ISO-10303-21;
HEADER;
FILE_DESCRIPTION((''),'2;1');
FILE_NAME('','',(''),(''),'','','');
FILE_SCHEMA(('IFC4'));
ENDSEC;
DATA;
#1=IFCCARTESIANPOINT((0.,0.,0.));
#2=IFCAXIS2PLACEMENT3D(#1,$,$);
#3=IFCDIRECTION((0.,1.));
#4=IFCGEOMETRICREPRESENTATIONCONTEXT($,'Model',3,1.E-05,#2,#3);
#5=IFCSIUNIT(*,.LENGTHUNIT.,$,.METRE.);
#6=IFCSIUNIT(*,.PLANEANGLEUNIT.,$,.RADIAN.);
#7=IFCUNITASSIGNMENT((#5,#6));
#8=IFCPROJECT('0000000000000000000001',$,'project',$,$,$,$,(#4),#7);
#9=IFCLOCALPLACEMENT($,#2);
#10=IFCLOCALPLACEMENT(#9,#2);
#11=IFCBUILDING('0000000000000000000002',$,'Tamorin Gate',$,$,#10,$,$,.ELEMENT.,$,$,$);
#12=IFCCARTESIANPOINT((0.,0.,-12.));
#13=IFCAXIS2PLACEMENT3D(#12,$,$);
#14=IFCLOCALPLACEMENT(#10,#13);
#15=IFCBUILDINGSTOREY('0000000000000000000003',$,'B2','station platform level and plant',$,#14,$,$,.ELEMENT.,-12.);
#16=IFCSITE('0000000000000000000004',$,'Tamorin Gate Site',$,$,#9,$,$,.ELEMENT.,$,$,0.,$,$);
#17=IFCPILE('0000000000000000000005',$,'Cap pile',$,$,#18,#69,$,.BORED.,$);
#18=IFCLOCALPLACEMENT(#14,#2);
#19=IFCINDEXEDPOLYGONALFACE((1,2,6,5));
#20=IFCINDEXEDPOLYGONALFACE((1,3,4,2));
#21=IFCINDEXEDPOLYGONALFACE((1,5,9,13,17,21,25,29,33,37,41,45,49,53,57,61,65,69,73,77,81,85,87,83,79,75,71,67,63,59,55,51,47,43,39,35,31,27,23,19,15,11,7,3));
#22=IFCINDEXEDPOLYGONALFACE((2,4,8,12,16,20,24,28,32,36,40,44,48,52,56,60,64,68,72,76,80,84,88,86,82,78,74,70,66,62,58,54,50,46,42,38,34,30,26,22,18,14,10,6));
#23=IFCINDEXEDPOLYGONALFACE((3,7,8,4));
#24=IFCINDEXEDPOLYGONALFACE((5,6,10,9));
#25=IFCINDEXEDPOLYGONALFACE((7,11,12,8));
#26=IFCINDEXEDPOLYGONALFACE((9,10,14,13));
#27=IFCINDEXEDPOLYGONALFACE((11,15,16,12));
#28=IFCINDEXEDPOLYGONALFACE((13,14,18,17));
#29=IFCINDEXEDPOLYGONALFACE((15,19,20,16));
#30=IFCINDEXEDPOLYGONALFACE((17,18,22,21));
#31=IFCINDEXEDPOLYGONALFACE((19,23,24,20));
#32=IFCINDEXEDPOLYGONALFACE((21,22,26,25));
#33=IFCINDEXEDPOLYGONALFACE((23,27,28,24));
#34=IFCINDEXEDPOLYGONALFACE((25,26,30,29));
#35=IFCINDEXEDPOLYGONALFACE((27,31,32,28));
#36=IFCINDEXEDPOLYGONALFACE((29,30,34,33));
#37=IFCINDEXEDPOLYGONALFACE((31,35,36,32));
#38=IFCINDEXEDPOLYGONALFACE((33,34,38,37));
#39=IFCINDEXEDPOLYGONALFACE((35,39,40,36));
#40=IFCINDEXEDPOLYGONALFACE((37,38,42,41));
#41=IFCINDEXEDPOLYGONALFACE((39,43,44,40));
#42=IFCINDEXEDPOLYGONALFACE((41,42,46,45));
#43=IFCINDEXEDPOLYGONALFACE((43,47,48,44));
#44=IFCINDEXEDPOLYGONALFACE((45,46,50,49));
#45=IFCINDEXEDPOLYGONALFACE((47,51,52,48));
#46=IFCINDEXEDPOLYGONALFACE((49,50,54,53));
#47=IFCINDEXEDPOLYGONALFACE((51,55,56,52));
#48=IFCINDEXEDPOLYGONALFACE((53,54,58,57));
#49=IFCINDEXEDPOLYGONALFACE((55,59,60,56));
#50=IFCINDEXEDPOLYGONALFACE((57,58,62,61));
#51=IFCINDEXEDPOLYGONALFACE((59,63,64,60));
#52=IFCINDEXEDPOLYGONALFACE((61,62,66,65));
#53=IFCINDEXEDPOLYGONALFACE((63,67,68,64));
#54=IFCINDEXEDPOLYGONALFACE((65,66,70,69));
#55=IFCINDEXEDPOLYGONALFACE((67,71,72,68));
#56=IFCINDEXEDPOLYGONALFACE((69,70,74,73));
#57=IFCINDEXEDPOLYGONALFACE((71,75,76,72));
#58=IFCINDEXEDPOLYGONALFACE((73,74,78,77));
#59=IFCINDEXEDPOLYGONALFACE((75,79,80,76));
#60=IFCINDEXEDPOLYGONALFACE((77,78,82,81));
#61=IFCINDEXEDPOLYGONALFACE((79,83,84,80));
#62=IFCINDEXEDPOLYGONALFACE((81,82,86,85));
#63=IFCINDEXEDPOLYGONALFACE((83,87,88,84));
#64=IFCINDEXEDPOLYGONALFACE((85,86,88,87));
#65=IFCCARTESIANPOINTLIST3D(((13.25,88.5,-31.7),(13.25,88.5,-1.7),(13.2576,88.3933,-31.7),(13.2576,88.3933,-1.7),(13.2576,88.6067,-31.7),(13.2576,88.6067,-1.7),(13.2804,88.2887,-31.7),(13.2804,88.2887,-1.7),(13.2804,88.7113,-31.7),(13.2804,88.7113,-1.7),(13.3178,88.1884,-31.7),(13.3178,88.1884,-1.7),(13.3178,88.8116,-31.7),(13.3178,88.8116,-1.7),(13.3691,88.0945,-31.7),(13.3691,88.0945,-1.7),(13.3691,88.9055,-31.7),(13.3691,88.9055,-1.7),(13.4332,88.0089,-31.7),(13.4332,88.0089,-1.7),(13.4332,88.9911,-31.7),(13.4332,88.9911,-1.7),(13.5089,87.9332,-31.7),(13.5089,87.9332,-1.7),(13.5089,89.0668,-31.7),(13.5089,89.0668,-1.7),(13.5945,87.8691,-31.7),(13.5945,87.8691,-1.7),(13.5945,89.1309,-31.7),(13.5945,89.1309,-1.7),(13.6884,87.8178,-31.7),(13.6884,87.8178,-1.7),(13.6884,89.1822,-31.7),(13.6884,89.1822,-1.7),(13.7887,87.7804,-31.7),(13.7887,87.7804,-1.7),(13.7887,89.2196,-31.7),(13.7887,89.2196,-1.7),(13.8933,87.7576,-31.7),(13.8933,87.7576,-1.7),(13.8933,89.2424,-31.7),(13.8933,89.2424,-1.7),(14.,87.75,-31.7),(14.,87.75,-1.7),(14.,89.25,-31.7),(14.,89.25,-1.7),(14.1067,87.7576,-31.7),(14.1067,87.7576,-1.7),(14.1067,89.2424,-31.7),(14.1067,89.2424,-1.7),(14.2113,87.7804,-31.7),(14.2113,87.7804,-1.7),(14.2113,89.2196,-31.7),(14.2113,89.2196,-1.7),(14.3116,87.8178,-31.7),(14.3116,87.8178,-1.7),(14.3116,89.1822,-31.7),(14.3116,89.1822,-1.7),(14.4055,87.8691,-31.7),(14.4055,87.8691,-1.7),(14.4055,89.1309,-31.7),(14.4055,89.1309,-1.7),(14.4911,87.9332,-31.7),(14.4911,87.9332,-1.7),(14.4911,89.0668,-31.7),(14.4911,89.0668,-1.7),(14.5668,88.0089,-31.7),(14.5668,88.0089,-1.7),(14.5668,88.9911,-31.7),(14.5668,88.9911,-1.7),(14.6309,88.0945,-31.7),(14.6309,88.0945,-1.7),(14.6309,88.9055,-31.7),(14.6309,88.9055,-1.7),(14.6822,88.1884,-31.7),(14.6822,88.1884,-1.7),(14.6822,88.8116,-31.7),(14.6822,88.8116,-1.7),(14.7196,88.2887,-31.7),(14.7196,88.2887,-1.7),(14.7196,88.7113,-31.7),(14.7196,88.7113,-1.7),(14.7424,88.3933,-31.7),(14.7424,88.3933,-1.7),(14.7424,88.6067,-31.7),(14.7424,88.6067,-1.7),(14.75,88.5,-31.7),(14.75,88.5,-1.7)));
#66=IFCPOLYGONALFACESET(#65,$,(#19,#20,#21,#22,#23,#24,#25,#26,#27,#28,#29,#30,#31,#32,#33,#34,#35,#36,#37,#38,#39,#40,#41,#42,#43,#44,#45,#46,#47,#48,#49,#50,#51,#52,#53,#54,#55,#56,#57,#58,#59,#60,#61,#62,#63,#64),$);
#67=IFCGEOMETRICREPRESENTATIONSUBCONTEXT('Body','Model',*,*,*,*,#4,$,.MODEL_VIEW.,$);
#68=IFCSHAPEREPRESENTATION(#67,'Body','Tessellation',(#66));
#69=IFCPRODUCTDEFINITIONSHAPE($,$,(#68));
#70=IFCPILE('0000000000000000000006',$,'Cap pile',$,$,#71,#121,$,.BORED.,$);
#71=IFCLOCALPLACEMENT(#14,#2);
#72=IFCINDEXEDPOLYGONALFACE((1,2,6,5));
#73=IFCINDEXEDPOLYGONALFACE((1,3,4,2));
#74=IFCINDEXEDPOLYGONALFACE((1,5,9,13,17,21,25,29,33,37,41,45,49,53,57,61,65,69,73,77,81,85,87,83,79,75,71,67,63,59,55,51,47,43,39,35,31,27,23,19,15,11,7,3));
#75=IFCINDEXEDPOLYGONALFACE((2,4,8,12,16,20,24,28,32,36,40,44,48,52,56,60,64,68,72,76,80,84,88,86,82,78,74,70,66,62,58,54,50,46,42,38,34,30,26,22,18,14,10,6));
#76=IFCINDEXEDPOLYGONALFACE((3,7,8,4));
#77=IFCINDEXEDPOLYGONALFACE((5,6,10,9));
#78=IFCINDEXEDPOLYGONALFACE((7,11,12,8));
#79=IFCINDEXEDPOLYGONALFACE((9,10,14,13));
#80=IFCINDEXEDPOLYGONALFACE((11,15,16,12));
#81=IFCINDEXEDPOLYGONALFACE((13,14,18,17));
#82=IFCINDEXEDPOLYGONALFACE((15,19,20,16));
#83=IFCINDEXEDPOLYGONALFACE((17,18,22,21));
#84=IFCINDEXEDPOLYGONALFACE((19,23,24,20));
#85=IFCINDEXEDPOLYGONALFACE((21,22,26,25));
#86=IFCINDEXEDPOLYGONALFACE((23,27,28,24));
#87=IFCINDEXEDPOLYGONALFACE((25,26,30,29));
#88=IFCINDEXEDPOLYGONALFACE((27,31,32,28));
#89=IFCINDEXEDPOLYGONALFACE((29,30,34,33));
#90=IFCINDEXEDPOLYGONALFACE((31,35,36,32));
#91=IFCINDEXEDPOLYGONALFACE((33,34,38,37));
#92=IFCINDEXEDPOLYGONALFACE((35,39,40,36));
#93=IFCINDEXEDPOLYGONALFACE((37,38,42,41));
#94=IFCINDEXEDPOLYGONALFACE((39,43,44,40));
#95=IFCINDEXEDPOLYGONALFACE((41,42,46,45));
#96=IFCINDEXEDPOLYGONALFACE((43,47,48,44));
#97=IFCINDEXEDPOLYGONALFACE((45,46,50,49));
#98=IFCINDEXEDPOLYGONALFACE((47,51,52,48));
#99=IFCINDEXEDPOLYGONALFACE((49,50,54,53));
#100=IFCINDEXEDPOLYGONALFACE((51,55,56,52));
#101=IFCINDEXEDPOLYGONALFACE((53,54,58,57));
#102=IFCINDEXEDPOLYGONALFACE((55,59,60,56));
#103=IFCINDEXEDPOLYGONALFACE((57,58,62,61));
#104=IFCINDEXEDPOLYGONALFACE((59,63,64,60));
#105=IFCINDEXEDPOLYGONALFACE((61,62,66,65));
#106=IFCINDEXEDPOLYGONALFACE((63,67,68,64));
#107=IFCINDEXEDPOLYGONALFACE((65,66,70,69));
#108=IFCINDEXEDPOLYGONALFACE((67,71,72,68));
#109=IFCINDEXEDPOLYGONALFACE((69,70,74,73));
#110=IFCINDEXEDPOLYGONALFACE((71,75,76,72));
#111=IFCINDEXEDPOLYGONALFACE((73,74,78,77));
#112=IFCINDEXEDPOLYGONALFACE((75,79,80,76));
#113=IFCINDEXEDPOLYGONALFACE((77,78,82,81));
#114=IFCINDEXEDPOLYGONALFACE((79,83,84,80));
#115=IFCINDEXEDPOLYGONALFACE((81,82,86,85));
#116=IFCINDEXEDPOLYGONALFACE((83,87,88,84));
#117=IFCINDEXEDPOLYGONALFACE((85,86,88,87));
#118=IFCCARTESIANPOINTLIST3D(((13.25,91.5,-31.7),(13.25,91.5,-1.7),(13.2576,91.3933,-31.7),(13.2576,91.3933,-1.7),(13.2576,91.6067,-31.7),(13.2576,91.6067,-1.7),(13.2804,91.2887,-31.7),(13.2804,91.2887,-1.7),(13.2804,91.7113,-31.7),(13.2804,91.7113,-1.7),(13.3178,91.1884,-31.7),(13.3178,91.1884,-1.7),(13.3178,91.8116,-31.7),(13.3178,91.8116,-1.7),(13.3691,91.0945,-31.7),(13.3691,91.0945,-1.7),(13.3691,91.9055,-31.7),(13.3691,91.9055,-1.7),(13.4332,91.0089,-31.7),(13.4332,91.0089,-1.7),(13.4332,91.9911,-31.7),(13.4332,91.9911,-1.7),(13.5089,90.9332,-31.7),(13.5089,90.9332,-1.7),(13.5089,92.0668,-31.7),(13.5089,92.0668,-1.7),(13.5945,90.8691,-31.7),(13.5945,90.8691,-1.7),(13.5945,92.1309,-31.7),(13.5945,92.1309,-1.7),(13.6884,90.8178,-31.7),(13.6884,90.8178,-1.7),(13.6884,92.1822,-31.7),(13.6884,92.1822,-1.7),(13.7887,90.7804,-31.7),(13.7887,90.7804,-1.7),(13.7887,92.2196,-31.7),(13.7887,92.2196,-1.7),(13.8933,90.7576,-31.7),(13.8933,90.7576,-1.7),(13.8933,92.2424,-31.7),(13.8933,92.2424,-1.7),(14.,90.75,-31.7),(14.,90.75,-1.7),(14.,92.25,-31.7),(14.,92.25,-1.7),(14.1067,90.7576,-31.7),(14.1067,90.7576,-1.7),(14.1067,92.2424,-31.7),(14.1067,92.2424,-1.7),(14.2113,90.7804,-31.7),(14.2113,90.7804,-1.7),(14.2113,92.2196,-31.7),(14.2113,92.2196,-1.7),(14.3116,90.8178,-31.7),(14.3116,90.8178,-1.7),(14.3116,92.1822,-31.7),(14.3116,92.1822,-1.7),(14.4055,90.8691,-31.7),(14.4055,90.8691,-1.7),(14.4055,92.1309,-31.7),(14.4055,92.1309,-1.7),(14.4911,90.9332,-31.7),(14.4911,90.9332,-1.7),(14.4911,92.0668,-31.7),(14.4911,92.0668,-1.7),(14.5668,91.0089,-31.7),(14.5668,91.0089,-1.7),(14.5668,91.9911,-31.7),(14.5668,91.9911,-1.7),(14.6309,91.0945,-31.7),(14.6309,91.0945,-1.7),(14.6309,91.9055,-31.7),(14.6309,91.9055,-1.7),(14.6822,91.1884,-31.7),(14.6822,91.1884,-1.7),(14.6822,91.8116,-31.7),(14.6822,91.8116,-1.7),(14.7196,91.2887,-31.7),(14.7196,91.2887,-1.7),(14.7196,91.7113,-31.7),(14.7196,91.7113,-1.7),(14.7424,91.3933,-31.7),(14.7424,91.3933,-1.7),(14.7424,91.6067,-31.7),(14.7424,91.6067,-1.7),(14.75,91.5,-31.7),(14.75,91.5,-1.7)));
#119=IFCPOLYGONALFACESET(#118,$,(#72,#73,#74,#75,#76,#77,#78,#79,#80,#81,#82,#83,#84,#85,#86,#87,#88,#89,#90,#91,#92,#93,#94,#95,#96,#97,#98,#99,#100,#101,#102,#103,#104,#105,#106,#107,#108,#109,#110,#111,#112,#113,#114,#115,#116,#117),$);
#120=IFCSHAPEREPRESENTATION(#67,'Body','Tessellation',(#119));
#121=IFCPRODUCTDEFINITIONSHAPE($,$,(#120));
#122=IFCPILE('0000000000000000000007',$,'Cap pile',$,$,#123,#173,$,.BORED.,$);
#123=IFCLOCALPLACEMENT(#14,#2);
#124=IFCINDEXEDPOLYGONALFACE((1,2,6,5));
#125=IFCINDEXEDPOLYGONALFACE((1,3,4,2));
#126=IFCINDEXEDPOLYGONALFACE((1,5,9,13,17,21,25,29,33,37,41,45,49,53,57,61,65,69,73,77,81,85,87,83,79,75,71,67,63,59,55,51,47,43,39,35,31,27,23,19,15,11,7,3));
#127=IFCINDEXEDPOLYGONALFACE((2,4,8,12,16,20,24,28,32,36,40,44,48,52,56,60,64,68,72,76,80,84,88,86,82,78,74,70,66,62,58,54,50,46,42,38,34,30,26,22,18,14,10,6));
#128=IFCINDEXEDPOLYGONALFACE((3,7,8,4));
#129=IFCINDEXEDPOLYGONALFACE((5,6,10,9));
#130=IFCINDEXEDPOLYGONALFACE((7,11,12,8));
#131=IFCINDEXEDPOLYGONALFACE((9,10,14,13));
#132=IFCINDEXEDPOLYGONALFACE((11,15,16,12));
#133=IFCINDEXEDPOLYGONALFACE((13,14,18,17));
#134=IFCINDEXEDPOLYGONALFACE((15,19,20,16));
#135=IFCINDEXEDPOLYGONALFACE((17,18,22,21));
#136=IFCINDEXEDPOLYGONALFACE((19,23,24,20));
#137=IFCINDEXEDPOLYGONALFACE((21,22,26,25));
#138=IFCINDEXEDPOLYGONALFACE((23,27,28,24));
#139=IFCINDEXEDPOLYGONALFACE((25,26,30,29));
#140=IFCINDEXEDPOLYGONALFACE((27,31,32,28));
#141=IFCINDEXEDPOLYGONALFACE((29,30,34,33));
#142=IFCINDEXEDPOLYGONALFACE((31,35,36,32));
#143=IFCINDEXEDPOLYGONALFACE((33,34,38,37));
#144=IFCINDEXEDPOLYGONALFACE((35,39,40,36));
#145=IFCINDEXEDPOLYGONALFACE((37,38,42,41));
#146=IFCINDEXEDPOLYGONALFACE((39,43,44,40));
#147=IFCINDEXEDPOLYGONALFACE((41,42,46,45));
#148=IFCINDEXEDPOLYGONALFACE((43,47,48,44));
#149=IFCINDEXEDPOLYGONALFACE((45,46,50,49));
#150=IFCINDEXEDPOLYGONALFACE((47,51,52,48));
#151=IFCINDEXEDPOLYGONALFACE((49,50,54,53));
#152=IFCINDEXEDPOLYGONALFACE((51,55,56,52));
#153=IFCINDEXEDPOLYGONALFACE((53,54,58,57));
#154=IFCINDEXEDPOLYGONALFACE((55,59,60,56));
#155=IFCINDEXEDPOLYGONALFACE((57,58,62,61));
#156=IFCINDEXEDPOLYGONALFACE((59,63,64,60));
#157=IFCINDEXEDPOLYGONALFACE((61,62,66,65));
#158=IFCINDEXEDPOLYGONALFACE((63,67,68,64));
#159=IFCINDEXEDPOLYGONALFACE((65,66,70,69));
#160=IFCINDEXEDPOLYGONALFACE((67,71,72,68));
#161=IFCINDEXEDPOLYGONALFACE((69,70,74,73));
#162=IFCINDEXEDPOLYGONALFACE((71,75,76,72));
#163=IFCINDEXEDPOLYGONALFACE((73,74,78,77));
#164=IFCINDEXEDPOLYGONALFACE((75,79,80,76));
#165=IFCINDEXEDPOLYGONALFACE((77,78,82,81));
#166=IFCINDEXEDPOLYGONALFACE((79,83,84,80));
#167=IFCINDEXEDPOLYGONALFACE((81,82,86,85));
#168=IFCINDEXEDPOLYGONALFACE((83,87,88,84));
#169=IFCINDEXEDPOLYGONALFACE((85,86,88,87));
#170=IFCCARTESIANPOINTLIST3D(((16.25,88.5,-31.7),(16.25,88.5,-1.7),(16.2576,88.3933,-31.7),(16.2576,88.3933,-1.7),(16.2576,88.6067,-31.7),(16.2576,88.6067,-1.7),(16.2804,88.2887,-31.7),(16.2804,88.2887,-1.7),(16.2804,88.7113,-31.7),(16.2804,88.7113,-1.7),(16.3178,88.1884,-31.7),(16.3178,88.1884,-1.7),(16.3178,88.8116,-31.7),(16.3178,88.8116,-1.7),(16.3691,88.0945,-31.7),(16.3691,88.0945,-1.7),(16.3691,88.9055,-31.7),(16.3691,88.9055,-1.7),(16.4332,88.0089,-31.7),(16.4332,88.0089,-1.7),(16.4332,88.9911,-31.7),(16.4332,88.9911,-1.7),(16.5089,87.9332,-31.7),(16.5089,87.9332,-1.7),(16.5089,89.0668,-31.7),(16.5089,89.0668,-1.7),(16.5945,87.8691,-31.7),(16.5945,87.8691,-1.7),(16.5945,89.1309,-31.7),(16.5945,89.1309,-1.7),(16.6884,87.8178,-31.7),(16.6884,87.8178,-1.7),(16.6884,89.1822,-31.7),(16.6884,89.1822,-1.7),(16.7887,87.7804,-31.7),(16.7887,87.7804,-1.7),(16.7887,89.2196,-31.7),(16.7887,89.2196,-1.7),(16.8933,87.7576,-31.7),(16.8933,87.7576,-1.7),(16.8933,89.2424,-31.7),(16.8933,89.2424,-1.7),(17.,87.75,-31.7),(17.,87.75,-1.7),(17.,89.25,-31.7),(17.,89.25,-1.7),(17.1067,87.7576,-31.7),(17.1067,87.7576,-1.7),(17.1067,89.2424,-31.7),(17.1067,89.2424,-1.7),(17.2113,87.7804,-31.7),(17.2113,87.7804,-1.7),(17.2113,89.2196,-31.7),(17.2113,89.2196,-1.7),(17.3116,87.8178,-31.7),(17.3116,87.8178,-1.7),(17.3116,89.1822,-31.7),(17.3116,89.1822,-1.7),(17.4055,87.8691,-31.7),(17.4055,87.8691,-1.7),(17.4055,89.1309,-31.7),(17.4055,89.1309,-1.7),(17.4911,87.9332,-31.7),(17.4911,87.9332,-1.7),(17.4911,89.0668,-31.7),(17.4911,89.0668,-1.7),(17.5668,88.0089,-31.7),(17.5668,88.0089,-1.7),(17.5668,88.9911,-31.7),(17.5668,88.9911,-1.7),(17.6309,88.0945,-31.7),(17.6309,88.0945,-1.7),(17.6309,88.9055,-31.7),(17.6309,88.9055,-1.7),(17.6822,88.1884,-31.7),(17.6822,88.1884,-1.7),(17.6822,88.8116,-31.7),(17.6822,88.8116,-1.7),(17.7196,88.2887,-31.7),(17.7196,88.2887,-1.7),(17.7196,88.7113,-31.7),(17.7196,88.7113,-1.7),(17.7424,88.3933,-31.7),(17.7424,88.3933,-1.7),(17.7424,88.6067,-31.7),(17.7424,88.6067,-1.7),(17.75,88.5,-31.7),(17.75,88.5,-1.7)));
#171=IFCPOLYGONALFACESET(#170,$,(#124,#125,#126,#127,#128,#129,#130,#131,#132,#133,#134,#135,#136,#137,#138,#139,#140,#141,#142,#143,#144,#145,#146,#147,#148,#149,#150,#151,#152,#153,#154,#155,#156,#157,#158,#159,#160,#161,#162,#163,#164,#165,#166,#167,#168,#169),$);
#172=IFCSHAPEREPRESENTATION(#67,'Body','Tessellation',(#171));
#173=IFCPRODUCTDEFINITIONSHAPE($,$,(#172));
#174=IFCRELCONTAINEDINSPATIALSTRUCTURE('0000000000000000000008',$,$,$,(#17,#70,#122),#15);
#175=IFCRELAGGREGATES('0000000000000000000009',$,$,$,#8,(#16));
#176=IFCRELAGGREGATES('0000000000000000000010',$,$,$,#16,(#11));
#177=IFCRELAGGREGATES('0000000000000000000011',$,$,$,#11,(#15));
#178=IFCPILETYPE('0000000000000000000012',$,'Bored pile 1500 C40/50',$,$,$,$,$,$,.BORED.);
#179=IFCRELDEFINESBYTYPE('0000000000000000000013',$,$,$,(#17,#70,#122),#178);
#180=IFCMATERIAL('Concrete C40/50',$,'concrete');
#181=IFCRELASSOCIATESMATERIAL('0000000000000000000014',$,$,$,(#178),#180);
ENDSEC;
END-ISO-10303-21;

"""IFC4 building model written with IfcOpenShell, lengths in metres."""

from ifc_helpers import new_model, si_unit, direction, frame, origin, origin_2d, place, context, subcontext, project, spatial, circle, extrude, material, material_profile, profile_set, type_object, element, save


model = new_model("IFC4")

# Units and contexts
model_context = context("Model", 3, precision=1e-05, world=origin(), true_north=direction((0.0, 1.0)))
body_context = subcontext(model_context, "Body", "Model", "MODEL_VIEW")
ifc_project = project(units=[si_unit("LENGTHUNIT", "METRE"), si_unit("PLANEANGLEUNIT", "RADIAN")], contexts=[model_context])

# Site, building, storey
site_placement = place(None, origin())
site = spatial("IfcSite", under=ifc_project, at=site_placement, Name="Tamorin Gate Site", CompositionType="ELEMENT", RefElevation=0.0)
building_placement = place(site_placement, origin())
building = spatial("IfcBuilding", under=site, at=building_placement, Name="Tamorin Gate", CompositionType="ELEMENT")
storey_placement = place(building_placement, frame((0.0, 0.0, -12.0)))
storey = spatial("IfcBuildingStorey", under=building, at=storey_placement, Name="B2", Description="station platform level and plant", CompositionType="ELEMENT", Elevation=-12.0)

# Piles
ifc_material_1 = material(Name="Concrete C40/50", Category="concrete")
ifc_material_profile_1 = material_profile(ifc_material_1, circle(Radius=0.75, at=origin_2d()))
ifc_profile_set_1 = profile_set([ifc_material_profile_1], Name="Concrete C40/50")
pile_type = type_object("IfcPileType", Name="Bored pile 1500 C40/50", PredefinedType="BORED", material=ifc_profile_set_1)
for number, where, z_axis, x_axis, name in (
    (1, (14.0, 88.5, -1.7), (0.0, 0.0, -1.0), (1.0, 0.0, 0.0), "Cap pile"),
    (2, (14.0, 91.5, -1.7), (0.0, 0.0, -1.0), (1.0, 0.0, 0.0), "Cap pile"),
    (3, (17.0, 88.5, -1.7), (0.0, 0.0, -1.0), (1.0, 0.0, 0.0), "Cap pile"),
):
    element("IfcPile", number, at=place(storey_placement, frame(where, z_axis=z_axis, x_axis=x_axis)), inside=storey, type_object=pile_type, Name=name, PredefinedType="BORED", context=body_context, shape_type="SweptSolid", body=[
        extrude(circle(Radius=0.75, at=origin_2d()), origin(), (0.0, 0.0, 1.0), 30.0),
    ])

save(model, "model.ifc")
